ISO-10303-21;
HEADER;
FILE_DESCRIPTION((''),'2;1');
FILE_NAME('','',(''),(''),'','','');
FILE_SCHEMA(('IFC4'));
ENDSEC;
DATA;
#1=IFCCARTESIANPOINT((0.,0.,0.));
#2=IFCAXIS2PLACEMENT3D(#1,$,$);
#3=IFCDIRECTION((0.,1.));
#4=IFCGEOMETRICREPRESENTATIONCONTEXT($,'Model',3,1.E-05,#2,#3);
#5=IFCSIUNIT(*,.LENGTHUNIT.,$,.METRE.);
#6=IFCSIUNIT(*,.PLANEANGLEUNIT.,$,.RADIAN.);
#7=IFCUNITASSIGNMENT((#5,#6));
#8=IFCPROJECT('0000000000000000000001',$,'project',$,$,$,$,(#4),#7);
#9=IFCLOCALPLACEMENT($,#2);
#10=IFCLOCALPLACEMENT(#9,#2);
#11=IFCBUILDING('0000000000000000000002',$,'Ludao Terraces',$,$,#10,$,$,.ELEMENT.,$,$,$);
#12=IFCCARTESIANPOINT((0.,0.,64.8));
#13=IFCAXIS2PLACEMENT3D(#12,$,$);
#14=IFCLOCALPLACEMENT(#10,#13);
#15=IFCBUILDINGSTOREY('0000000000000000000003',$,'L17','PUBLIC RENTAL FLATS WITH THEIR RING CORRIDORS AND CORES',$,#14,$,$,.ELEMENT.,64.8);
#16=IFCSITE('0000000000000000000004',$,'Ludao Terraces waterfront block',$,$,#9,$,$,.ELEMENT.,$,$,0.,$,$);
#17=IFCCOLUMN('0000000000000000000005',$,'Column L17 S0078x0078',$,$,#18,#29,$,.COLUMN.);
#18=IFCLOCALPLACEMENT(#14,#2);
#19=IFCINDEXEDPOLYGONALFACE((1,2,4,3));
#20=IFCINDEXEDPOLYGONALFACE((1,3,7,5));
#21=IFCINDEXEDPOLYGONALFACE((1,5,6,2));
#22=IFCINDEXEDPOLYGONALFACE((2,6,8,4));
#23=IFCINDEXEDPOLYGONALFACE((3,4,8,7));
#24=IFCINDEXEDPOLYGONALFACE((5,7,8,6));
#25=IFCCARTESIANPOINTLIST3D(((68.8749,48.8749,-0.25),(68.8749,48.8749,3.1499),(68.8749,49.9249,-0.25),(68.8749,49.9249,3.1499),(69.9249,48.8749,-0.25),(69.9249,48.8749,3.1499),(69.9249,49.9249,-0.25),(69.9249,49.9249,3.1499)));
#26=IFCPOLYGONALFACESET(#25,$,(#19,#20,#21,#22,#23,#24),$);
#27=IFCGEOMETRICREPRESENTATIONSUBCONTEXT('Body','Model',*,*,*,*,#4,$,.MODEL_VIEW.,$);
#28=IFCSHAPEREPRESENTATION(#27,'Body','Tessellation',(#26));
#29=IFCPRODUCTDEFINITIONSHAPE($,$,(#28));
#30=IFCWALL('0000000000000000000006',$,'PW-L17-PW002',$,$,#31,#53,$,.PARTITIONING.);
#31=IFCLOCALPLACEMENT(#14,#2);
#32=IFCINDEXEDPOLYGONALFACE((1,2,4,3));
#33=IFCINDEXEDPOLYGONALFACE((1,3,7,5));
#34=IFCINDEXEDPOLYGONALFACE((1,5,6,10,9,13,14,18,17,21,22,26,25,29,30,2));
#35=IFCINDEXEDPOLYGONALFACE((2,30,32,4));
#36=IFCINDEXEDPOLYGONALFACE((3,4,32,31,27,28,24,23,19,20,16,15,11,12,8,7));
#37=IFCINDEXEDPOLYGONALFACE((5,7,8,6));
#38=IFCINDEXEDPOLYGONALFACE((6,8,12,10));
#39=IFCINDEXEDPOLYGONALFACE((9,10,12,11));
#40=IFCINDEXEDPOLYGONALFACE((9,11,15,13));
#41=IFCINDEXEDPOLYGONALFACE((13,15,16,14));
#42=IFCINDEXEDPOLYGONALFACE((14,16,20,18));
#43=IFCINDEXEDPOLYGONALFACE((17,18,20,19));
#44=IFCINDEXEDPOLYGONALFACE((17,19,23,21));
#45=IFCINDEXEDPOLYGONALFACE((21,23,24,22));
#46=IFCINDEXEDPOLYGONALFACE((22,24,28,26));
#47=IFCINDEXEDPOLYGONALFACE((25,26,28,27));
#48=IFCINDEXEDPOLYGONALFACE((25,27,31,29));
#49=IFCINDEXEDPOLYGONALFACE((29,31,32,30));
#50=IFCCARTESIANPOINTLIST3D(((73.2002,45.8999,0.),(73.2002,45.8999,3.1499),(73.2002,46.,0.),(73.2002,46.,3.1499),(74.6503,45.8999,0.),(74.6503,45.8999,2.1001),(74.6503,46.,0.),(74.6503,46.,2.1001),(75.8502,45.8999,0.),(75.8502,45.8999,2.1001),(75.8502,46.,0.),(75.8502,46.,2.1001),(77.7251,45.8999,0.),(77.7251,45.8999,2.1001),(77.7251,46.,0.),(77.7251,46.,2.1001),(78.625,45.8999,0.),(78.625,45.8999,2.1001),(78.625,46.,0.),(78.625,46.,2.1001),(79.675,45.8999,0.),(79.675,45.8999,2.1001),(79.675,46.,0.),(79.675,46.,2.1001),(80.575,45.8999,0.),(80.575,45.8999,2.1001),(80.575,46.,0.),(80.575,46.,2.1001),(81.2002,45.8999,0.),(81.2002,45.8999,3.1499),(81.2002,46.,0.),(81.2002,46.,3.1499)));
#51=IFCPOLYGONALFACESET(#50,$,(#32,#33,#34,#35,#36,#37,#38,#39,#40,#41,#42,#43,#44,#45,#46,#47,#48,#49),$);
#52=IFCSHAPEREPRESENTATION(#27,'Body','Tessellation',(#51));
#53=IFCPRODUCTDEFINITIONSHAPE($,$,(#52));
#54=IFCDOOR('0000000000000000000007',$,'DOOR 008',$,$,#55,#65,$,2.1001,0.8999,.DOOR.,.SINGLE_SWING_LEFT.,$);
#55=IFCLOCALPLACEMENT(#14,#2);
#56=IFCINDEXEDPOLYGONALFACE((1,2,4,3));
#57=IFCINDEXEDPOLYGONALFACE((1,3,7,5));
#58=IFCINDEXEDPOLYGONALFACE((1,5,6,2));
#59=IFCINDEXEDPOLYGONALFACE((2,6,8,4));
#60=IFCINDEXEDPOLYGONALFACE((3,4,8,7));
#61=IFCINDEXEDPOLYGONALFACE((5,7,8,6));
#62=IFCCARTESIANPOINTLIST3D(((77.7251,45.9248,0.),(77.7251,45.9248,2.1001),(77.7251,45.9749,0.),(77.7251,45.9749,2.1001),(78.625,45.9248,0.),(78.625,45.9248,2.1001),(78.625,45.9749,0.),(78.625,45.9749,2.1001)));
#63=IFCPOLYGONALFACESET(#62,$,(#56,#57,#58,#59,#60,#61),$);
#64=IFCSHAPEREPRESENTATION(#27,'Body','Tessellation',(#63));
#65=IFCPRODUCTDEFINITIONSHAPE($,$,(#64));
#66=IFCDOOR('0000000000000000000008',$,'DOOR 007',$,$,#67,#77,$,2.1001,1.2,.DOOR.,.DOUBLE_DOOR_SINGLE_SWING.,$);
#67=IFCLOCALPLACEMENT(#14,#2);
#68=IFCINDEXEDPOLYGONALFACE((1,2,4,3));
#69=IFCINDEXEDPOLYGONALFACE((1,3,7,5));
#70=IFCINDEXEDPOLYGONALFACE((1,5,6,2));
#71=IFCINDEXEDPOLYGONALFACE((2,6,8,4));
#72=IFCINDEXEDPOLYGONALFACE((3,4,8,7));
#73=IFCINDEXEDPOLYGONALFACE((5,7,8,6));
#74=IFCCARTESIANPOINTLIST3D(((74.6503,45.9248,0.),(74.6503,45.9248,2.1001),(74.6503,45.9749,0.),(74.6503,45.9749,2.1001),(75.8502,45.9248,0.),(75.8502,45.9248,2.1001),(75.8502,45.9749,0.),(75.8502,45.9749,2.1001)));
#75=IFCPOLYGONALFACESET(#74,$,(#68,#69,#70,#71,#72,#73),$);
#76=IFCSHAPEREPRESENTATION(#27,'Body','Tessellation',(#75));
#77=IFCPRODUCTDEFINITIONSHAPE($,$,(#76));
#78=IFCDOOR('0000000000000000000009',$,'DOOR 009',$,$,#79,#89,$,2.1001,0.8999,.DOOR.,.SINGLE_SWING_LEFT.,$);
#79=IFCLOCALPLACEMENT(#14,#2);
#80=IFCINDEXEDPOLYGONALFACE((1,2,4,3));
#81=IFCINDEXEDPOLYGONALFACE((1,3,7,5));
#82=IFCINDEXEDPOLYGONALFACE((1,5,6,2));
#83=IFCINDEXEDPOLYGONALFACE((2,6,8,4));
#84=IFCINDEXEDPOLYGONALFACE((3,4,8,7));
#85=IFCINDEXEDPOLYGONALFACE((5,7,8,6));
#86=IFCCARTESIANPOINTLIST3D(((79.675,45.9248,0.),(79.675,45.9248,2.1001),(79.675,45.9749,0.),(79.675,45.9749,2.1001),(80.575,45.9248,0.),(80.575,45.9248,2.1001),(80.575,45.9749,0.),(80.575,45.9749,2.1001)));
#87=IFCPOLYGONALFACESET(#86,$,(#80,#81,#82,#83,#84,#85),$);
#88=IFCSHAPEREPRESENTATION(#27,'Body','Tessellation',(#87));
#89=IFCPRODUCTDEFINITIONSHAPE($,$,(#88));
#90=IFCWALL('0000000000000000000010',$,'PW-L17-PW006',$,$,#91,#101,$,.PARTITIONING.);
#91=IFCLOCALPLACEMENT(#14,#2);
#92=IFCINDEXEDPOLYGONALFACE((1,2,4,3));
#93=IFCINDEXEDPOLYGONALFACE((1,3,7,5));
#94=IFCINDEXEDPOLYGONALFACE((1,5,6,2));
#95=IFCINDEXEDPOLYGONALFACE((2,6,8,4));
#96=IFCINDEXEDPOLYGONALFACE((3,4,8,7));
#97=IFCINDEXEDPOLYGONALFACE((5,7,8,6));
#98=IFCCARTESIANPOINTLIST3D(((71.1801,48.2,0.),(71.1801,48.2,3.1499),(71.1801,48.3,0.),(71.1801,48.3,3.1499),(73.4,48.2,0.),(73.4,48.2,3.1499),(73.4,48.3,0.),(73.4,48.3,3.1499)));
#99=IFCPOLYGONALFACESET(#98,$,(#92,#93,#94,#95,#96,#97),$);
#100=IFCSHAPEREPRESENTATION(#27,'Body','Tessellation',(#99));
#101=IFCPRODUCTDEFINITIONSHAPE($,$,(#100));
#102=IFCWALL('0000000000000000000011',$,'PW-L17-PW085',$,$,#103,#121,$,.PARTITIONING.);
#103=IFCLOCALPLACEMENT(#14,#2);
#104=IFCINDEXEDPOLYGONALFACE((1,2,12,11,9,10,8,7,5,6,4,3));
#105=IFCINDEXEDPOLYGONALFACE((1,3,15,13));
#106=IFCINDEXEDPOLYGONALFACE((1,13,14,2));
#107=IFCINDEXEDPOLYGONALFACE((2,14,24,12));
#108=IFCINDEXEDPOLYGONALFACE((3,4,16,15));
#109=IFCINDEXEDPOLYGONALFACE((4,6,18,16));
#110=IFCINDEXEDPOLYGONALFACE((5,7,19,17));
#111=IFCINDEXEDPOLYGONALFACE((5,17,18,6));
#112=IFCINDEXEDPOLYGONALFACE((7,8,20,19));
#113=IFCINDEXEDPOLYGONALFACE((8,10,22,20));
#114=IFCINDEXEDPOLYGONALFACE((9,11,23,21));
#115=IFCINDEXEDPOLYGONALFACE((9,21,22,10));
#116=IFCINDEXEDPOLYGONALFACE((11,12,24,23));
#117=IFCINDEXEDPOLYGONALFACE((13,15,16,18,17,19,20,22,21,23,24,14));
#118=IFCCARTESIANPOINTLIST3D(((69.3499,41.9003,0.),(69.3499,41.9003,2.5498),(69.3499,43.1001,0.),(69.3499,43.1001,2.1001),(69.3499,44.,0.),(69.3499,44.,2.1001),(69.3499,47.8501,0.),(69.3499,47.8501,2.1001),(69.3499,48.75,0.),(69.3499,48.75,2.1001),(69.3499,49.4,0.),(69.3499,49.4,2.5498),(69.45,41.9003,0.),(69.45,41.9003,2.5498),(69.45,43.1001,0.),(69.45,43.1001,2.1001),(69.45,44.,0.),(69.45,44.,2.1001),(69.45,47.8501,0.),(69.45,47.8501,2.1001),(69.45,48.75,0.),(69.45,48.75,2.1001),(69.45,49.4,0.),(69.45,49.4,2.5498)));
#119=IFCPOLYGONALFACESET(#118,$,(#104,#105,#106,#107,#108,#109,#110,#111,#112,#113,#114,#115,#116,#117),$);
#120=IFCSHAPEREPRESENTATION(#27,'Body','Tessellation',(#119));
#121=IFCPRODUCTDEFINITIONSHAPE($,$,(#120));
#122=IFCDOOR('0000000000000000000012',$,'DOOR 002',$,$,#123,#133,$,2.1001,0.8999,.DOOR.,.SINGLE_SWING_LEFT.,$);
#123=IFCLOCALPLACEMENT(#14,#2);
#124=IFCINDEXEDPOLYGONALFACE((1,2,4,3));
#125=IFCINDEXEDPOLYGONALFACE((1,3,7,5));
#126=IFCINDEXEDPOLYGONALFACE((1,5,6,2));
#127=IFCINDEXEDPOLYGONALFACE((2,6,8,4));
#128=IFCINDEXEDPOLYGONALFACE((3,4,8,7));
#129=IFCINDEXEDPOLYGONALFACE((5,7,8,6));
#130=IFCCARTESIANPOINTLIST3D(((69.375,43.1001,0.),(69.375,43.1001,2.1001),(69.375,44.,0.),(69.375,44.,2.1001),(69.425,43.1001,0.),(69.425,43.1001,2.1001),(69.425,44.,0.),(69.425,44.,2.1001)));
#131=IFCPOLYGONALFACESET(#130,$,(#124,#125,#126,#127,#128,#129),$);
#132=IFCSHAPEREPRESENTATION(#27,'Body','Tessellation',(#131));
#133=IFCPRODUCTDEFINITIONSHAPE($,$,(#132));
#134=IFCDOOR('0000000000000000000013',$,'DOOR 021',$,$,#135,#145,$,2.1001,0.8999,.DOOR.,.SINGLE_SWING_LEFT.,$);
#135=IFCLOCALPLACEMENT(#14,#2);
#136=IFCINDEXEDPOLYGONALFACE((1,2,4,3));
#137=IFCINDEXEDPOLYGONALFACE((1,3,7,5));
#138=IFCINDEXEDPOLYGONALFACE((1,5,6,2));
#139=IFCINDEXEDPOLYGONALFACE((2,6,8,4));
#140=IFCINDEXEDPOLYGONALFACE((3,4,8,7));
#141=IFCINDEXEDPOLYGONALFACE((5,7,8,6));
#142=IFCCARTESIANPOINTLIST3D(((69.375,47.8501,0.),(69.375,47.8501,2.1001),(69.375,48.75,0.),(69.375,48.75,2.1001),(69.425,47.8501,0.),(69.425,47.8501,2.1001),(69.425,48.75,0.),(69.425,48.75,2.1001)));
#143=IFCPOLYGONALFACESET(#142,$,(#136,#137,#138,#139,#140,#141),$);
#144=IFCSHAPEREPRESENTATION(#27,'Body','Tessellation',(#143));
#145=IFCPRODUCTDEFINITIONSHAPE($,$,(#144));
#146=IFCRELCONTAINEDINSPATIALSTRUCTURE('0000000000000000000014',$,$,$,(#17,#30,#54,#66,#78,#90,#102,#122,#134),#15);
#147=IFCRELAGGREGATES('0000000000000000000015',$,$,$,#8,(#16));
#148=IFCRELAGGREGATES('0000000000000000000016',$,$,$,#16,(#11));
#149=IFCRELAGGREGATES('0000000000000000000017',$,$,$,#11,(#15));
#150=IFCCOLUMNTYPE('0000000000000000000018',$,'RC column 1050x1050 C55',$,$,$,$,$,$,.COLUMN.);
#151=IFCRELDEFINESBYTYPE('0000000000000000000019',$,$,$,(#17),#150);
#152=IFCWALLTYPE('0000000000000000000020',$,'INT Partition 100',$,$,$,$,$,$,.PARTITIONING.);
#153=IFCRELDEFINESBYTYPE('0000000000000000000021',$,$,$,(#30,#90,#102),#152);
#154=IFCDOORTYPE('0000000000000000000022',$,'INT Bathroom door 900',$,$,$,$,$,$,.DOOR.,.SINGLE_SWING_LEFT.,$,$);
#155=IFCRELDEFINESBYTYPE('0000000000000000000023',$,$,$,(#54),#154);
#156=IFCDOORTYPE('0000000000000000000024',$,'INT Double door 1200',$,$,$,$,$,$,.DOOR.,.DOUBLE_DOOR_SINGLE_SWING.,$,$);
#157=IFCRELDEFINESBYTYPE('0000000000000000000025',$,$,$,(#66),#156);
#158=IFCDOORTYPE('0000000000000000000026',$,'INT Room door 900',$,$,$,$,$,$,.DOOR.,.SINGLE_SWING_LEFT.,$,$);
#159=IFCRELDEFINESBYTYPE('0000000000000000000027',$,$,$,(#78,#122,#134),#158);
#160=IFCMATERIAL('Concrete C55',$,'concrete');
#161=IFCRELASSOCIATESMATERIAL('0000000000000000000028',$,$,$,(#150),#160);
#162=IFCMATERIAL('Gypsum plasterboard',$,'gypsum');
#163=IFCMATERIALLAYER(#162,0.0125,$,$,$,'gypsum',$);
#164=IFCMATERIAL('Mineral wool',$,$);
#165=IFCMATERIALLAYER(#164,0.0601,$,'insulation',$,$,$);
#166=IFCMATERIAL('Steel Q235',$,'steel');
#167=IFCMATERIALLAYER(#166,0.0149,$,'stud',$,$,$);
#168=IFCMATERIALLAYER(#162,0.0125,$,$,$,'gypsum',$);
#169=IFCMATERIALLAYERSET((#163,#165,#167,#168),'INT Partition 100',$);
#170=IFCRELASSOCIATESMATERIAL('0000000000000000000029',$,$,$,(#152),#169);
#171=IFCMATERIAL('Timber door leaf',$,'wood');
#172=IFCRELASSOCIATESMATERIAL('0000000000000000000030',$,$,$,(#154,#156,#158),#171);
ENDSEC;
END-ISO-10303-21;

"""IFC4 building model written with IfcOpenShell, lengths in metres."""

from ifc_helpers import new_model, si_unit, direction, frame, frame_2d, origin, origin_2d, place, context, subcontext, project, spatial, rectangle, extrude, material, layer, layer_set, material_profile, profile_set, type_object, element, fill, save


model = new_model("IFC4")

# Units and contexts
model_context = context("Model", 3, precision=1e-05, world=origin(), true_north=direction((0.0, 1.0)))
body_context = subcontext(model_context, "Body", "Model", "MODEL_VIEW")
ifc_project = project(units=[si_unit("LENGTHUNIT", "METRE"), si_unit("PLANEANGLEUNIT", "RADIAN")], contexts=[model_context])

# Site, building, storey
site_placement = place(None, origin())
site = spatial("IfcSite", under=ifc_project, at=site_placement, Name="Ludao Terraces waterfront block", CompositionType="ELEMENT", RefElevation=0.0)
building_placement = place(site_placement, origin())
building = spatial("IfcBuilding", under=site, at=building_placement, Name="Ludao Terraces", CompositionType="ELEMENT")
storey_placement = place(building_placement, frame((0.0, 0.0, 64.8)))
storey = spatial("IfcBuildingStorey", under=building, at=storey_placement, Name="L17", Description="PUBLIC RENTAL FLATS WITH THEIR RING CORRIDORS AND CORES", CompositionType="ELEMENT", Elevation=64.8)

# Column
ifc_material_1 = material(Name="Concrete C55", Category="concrete")
ifc_material_profile = material_profile(ifc_material_1, rectangle(XDim=1.05, YDim=1.05, at=origin_2d()), Name="1050 X 1050")
ifc_profile_set = profile_set([ifc_material_profile], Name="Concrete C55")
column_type = type_object("IfcColumnType", Name="RC column 1050x1050 C55", PredefinedType="COLUMN", material=ifc_profile_set)
column_placement = place(storey_placement, frame((69.3999, 49.3999, -0.25), z_axis=(0.0, 0.0, 1.0), x_axis=(1.0, 0.0, 0.0)))
element("IfcColumn", 1, at=column_placement, inside=storey, type_object=column_type, Name="Column L17 S0078x0078", PredefinedType="COLUMN", context=body_context, shape_type="SweptSolid", body=[
    extrude(rectangle(XDim=1.05, YDim=1.05, at=origin_2d()), origin(), (0.0, 0.0, 1.0), 3.3999),
])

# Shared definitions
ifc_material_2 = material(Name="Mineral wool")

# Wall, openings, doors
ifc_material_3 = material(Name="Gypsum plasterboard", Category="gypsum")
ifc_layer_1 = layer(ifc_material_3, 0.0125, Category="gypsum")
ifc_layer_2 = layer(ifc_material_2, 0.0601, Name="insulation")
ifc_material_4 = material(Name="Steel Q235", Category="steel")
ifc_layer_3 = layer(ifc_material_4, 0.0149, Name="stud")
ifc_layer_4 = layer(ifc_material_3, 0.0125, Category="gypsum")
ifc_layer_set_1 = layer_set([ifc_layer_1, ifc_layer_2, ifc_layer_3, ifc_layer_4], Name="INT Partition 100")
wall_type_1 = type_object("IfcWallType", Name="INT Partition 100", PredefinedType="PARTITIONING", material=ifc_layer_set_1)
wall_1_placement = place(storey_placement, frame((73.2002, 45.95, 0.0), z_axis=(0.0, 0.0, 1.0), x_axis=(1.0, 0.0, 0.0)))
wall_1 = element("IfcWall", 2, at=wall_1_placement, inside=storey, type_object=wall_type_1, Name="PW-L17-PW002", PredefinedType="PARTITIONING", context=body_context, shape_type="SweptSolid", body=[
    extrude(rectangle(XDim=8.0, YDim=0.1001, at=frame_2d((4.0, 0.0))), origin(), (0.0, 0.0, 1.0), 3.1499),
])
opening_1_placement = place(wall_1_placement, frame((1.45, 0.0, 0.0)))
opening_1 = element("IfcOpeningElement", 3, at=opening_1_placement, cuts=wall_1, PredefinedType="OPENING", context=body_context, shape_type="SweptSolid", body=[
    extrude(rectangle(XDim=1.2, YDim=2.1001, at=frame_2d((0.6001, 1.05))), frame((0.0, 0.0601, 0.0), z_axis=(0.0, -1.0, 0.0), x_axis=(1.0, 0.0, 0.0)), (0.0, 0.0, 1.0), 0.1201),
])
opening_2_placement = place(wall_1_placement, frame((4.5249, 0.0, 0.0)))
opening_2 = element("IfcOpeningElement", 4, at=opening_2_placement, cuts=wall_1, PredefinedType="OPENING", context=body_context, shape_type="SweptSolid", body=[
    extrude(rectangle(XDim=0.8999, YDim=2.1001, at=frame_2d((0.45, 1.05))), frame((0.0, 0.0601, 0.0), z_axis=(0.0, -1.0, 0.0), x_axis=(1.0, 0.0, 0.0)), (0.0, 0.0, 1.0), 0.1201),
])
opening_3_placement = place(wall_1_placement, frame((6.4749, 0.0, 0.0)))
opening_3 = element("IfcOpeningElement", 5, at=opening_3_placement, cuts=wall_1, PredefinedType="OPENING", context=body_context, shape_type="SweptSolid", body=[
    extrude(rectangle(XDim=0.8999, YDim=2.1001, at=frame_2d((0.45, 1.05))), frame((0.0, 0.0601, 0.0), z_axis=(0.0, -1.0, 0.0), x_axis=(1.0, 0.0, 0.0)), (0.0, 0.0, 1.0), 0.1201),
])
ifc_material_5 = material(Name="Timber door leaf", Category="wood")
door_type_1 = type_object("IfcDoorType", Name="INT Bathroom door 900", OperationType="SINGLE_SWING_LEFT", PredefinedType="DOOR", material=ifc_material_5)
door_1_placement = place(opening_2_placement, origin())
door_1 = element("IfcDoor", 6, at=door_1_placement, inside=storey, type_object=door_type_1, Name="DOOR 008", OperationType="SINGLE_SWING_LEFT", OverallHeight=2.1001, OverallWidth=0.8999, PredefinedType="DOOR", context=body_context, shape_type="SweptSolid", body=[
    extrude(rectangle(XDim=0.8999, YDim=2.1001, at=frame_2d((0.45, 1.05))), frame((0.0, 0.0249, 0.0), z_axis=(0.0, -1.0, 0.0), x_axis=(1.0, 0.0, 0.0)), (0.0, 0.0, 1.0), 0.05),
])
fill(opening_2, door_1)
door_type_2 = type_object("IfcDoorType", Name="INT Double door 1200", OperationType="DOUBLE_DOOR_SINGLE_SWING", PredefinedType="DOOR", material=ifc_material_5)
door_2_placement = place(opening_1_placement, origin())
door_2 = element("IfcDoor", 7, at=door_2_placement, inside=storey, type_object=door_type_2, Name="DOOR 007", OperationType="DOUBLE_DOOR_SINGLE_SWING", OverallHeight=2.1001, OverallWidth=1.2, PredefinedType="DOOR", context=body_context, shape_type="SweptSolid", body=[
    extrude(rectangle(XDim=1.2, YDim=2.1001, at=frame_2d((0.6001, 1.05))), frame((0.0, 0.0249, 0.0), z_axis=(0.0, -1.0, 0.0), x_axis=(1.0, 0.0, 0.0)), (0.0, 0.0, 1.0), 0.05),
])
fill(opening_1, door_2)
door_type_3 = type_object("IfcDoorType", Name="INT Room door 900", OperationType="SINGLE_SWING_LEFT", PredefinedType="DOOR", material=ifc_material_5)
door_3_placement = place(opening_3_placement, origin())
door_3 = element("IfcDoor", 8, at=door_3_placement, inside=storey, type_object=door_type_3, Name="DOOR 009", OperationType="SINGLE_SWING_LEFT", OverallHeight=2.1001, OverallWidth=0.8999, PredefinedType="DOOR", context=body_context, shape_type="SweptSolid", body=[
    extrude(rectangle(XDim=0.8999, YDim=2.1001, at=frame_2d((0.45, 1.05))), frame((0.0, 0.0249, 0.0), z_axis=(0.0, -1.0, 0.0), x_axis=(1.0, 0.0, 0.0)), (0.0, 0.0, 1.0), 0.05),
])
fill(opening_3, door_3)

# Wall
wall_2_placement = place(storey_placement, frame((71.1802, 48.25, 0.0), z_axis=(0.0, 0.0, 1.0), x_axis=(1.0, 0.0, 0.0)))
element("IfcWall", 9, at=wall_2_placement, inside=storey, type_object=wall_type_1, Name="PW-L17-PW006", PredefinedType="PARTITIONING", context=body_context, shape_type="SweptSolid", body=[
    extrude(rectangle(XDim=2.22, YDim=0.1001, at=frame_2d((1.1099, 0.0))), origin(), (0.0, 0.0, 1.0), 3.1499),
])

# Wall, openings, doors
wall_3_placement = place(storey_placement, frame((69.3999, 41.9001, 0.0), z_axis=(0.0, 0.0, 1.0), x_axis=(0.0, 1.0, 0.0)))
wall_3 = element("IfcWall", 10, at=wall_3_placement, inside=storey, type_object=wall_type_1, Name="PW-L17-PW085", PredefinedType="PARTITIONING", context=body_context, shape_type="SweptSolid", body=[
    extrude(rectangle(XDim=7.4998, YDim=0.1001, at=frame_2d((3.75, 0.0))), origin(), (0.0, 0.0, 1.0), 2.5498),
])
opening_4_placement = place(wall_3_placement, frame((1.2, 0.0, 0.0)))
opening_4 = element("IfcOpeningElement", 11, at=opening_4_placement, cuts=wall_3, PredefinedType="OPENING", context=body_context, shape_type="SweptSolid", body=[
    extrude(rectangle(XDim=0.8999, YDim=2.1001, at=frame_2d((0.45, 1.05))), frame((0.0, 0.0601, 0.0), z_axis=(0.0, -1.0, 0.0), x_axis=(1.0, 0.0, 0.0)), (0.0, 0.0, 1.0), 0.1201),
])
opening_5_placement = place(wall_3_placement, frame((5.95, 0.0, 0.0)))
opening_5 = element("IfcOpeningElement", 12, at=opening_5_placement, cuts=wall_3, PredefinedType="OPENING", context=body_context, shape_type="SweptSolid", body=[
    extrude(rectangle(XDim=0.8999, YDim=2.1001, at=frame_2d((0.45, 1.05))), frame((0.0, 0.0601, 0.0), z_axis=(0.0, -1.0, 0.0), x_axis=(1.0, 0.0, 0.0)), (0.0, 0.0, 1.0), 0.1201),
])
door_4_placement = place(opening_4_placement, origin())
door_4 = element("IfcDoor", 13, at=door_4_placement, inside=storey, type_object=door_type_3, Name="DOOR 002", OperationType="SINGLE_SWING_LEFT", OverallHeight=2.1001, OverallWidth=0.8999, PredefinedType="DOOR", context=body_context, shape_type="SweptSolid", body=[
    extrude(rectangle(XDim=0.8999, YDim=2.1001, at=frame_2d((0.45, 1.05))), frame((0.0, 0.0249, 0.0), z_axis=(0.0, -1.0, 0.0), x_axis=(1.0, 0.0, 0.0)), (0.0, 0.0, 1.0), 0.05),
])
fill(opening_4, door_4)
door_5_placement = place(opening_5_placement, origin())
door_5 = element("IfcDoor", 14, at=door_5_placement, inside=storey, type_object=door_type_3, Name="DOOR 021", OperationType="SINGLE_SWING_LEFT", OverallHeight=2.1001, OverallWidth=0.8999, PredefinedType="DOOR", context=body_context, shape_type="SweptSolid", body=[
    extrude(rectangle(XDim=0.8999, YDim=2.1001, at=frame_2d((0.45, 1.05))), frame((0.0, 0.0249, 0.0), z_axis=(0.0, -1.0, 0.0), x_axis=(1.0, 0.0, 0.0)), (0.0, 0.0, 1.0), 0.05),
])
fill(opening_5, door_5)

save(model, "model.ifc")
